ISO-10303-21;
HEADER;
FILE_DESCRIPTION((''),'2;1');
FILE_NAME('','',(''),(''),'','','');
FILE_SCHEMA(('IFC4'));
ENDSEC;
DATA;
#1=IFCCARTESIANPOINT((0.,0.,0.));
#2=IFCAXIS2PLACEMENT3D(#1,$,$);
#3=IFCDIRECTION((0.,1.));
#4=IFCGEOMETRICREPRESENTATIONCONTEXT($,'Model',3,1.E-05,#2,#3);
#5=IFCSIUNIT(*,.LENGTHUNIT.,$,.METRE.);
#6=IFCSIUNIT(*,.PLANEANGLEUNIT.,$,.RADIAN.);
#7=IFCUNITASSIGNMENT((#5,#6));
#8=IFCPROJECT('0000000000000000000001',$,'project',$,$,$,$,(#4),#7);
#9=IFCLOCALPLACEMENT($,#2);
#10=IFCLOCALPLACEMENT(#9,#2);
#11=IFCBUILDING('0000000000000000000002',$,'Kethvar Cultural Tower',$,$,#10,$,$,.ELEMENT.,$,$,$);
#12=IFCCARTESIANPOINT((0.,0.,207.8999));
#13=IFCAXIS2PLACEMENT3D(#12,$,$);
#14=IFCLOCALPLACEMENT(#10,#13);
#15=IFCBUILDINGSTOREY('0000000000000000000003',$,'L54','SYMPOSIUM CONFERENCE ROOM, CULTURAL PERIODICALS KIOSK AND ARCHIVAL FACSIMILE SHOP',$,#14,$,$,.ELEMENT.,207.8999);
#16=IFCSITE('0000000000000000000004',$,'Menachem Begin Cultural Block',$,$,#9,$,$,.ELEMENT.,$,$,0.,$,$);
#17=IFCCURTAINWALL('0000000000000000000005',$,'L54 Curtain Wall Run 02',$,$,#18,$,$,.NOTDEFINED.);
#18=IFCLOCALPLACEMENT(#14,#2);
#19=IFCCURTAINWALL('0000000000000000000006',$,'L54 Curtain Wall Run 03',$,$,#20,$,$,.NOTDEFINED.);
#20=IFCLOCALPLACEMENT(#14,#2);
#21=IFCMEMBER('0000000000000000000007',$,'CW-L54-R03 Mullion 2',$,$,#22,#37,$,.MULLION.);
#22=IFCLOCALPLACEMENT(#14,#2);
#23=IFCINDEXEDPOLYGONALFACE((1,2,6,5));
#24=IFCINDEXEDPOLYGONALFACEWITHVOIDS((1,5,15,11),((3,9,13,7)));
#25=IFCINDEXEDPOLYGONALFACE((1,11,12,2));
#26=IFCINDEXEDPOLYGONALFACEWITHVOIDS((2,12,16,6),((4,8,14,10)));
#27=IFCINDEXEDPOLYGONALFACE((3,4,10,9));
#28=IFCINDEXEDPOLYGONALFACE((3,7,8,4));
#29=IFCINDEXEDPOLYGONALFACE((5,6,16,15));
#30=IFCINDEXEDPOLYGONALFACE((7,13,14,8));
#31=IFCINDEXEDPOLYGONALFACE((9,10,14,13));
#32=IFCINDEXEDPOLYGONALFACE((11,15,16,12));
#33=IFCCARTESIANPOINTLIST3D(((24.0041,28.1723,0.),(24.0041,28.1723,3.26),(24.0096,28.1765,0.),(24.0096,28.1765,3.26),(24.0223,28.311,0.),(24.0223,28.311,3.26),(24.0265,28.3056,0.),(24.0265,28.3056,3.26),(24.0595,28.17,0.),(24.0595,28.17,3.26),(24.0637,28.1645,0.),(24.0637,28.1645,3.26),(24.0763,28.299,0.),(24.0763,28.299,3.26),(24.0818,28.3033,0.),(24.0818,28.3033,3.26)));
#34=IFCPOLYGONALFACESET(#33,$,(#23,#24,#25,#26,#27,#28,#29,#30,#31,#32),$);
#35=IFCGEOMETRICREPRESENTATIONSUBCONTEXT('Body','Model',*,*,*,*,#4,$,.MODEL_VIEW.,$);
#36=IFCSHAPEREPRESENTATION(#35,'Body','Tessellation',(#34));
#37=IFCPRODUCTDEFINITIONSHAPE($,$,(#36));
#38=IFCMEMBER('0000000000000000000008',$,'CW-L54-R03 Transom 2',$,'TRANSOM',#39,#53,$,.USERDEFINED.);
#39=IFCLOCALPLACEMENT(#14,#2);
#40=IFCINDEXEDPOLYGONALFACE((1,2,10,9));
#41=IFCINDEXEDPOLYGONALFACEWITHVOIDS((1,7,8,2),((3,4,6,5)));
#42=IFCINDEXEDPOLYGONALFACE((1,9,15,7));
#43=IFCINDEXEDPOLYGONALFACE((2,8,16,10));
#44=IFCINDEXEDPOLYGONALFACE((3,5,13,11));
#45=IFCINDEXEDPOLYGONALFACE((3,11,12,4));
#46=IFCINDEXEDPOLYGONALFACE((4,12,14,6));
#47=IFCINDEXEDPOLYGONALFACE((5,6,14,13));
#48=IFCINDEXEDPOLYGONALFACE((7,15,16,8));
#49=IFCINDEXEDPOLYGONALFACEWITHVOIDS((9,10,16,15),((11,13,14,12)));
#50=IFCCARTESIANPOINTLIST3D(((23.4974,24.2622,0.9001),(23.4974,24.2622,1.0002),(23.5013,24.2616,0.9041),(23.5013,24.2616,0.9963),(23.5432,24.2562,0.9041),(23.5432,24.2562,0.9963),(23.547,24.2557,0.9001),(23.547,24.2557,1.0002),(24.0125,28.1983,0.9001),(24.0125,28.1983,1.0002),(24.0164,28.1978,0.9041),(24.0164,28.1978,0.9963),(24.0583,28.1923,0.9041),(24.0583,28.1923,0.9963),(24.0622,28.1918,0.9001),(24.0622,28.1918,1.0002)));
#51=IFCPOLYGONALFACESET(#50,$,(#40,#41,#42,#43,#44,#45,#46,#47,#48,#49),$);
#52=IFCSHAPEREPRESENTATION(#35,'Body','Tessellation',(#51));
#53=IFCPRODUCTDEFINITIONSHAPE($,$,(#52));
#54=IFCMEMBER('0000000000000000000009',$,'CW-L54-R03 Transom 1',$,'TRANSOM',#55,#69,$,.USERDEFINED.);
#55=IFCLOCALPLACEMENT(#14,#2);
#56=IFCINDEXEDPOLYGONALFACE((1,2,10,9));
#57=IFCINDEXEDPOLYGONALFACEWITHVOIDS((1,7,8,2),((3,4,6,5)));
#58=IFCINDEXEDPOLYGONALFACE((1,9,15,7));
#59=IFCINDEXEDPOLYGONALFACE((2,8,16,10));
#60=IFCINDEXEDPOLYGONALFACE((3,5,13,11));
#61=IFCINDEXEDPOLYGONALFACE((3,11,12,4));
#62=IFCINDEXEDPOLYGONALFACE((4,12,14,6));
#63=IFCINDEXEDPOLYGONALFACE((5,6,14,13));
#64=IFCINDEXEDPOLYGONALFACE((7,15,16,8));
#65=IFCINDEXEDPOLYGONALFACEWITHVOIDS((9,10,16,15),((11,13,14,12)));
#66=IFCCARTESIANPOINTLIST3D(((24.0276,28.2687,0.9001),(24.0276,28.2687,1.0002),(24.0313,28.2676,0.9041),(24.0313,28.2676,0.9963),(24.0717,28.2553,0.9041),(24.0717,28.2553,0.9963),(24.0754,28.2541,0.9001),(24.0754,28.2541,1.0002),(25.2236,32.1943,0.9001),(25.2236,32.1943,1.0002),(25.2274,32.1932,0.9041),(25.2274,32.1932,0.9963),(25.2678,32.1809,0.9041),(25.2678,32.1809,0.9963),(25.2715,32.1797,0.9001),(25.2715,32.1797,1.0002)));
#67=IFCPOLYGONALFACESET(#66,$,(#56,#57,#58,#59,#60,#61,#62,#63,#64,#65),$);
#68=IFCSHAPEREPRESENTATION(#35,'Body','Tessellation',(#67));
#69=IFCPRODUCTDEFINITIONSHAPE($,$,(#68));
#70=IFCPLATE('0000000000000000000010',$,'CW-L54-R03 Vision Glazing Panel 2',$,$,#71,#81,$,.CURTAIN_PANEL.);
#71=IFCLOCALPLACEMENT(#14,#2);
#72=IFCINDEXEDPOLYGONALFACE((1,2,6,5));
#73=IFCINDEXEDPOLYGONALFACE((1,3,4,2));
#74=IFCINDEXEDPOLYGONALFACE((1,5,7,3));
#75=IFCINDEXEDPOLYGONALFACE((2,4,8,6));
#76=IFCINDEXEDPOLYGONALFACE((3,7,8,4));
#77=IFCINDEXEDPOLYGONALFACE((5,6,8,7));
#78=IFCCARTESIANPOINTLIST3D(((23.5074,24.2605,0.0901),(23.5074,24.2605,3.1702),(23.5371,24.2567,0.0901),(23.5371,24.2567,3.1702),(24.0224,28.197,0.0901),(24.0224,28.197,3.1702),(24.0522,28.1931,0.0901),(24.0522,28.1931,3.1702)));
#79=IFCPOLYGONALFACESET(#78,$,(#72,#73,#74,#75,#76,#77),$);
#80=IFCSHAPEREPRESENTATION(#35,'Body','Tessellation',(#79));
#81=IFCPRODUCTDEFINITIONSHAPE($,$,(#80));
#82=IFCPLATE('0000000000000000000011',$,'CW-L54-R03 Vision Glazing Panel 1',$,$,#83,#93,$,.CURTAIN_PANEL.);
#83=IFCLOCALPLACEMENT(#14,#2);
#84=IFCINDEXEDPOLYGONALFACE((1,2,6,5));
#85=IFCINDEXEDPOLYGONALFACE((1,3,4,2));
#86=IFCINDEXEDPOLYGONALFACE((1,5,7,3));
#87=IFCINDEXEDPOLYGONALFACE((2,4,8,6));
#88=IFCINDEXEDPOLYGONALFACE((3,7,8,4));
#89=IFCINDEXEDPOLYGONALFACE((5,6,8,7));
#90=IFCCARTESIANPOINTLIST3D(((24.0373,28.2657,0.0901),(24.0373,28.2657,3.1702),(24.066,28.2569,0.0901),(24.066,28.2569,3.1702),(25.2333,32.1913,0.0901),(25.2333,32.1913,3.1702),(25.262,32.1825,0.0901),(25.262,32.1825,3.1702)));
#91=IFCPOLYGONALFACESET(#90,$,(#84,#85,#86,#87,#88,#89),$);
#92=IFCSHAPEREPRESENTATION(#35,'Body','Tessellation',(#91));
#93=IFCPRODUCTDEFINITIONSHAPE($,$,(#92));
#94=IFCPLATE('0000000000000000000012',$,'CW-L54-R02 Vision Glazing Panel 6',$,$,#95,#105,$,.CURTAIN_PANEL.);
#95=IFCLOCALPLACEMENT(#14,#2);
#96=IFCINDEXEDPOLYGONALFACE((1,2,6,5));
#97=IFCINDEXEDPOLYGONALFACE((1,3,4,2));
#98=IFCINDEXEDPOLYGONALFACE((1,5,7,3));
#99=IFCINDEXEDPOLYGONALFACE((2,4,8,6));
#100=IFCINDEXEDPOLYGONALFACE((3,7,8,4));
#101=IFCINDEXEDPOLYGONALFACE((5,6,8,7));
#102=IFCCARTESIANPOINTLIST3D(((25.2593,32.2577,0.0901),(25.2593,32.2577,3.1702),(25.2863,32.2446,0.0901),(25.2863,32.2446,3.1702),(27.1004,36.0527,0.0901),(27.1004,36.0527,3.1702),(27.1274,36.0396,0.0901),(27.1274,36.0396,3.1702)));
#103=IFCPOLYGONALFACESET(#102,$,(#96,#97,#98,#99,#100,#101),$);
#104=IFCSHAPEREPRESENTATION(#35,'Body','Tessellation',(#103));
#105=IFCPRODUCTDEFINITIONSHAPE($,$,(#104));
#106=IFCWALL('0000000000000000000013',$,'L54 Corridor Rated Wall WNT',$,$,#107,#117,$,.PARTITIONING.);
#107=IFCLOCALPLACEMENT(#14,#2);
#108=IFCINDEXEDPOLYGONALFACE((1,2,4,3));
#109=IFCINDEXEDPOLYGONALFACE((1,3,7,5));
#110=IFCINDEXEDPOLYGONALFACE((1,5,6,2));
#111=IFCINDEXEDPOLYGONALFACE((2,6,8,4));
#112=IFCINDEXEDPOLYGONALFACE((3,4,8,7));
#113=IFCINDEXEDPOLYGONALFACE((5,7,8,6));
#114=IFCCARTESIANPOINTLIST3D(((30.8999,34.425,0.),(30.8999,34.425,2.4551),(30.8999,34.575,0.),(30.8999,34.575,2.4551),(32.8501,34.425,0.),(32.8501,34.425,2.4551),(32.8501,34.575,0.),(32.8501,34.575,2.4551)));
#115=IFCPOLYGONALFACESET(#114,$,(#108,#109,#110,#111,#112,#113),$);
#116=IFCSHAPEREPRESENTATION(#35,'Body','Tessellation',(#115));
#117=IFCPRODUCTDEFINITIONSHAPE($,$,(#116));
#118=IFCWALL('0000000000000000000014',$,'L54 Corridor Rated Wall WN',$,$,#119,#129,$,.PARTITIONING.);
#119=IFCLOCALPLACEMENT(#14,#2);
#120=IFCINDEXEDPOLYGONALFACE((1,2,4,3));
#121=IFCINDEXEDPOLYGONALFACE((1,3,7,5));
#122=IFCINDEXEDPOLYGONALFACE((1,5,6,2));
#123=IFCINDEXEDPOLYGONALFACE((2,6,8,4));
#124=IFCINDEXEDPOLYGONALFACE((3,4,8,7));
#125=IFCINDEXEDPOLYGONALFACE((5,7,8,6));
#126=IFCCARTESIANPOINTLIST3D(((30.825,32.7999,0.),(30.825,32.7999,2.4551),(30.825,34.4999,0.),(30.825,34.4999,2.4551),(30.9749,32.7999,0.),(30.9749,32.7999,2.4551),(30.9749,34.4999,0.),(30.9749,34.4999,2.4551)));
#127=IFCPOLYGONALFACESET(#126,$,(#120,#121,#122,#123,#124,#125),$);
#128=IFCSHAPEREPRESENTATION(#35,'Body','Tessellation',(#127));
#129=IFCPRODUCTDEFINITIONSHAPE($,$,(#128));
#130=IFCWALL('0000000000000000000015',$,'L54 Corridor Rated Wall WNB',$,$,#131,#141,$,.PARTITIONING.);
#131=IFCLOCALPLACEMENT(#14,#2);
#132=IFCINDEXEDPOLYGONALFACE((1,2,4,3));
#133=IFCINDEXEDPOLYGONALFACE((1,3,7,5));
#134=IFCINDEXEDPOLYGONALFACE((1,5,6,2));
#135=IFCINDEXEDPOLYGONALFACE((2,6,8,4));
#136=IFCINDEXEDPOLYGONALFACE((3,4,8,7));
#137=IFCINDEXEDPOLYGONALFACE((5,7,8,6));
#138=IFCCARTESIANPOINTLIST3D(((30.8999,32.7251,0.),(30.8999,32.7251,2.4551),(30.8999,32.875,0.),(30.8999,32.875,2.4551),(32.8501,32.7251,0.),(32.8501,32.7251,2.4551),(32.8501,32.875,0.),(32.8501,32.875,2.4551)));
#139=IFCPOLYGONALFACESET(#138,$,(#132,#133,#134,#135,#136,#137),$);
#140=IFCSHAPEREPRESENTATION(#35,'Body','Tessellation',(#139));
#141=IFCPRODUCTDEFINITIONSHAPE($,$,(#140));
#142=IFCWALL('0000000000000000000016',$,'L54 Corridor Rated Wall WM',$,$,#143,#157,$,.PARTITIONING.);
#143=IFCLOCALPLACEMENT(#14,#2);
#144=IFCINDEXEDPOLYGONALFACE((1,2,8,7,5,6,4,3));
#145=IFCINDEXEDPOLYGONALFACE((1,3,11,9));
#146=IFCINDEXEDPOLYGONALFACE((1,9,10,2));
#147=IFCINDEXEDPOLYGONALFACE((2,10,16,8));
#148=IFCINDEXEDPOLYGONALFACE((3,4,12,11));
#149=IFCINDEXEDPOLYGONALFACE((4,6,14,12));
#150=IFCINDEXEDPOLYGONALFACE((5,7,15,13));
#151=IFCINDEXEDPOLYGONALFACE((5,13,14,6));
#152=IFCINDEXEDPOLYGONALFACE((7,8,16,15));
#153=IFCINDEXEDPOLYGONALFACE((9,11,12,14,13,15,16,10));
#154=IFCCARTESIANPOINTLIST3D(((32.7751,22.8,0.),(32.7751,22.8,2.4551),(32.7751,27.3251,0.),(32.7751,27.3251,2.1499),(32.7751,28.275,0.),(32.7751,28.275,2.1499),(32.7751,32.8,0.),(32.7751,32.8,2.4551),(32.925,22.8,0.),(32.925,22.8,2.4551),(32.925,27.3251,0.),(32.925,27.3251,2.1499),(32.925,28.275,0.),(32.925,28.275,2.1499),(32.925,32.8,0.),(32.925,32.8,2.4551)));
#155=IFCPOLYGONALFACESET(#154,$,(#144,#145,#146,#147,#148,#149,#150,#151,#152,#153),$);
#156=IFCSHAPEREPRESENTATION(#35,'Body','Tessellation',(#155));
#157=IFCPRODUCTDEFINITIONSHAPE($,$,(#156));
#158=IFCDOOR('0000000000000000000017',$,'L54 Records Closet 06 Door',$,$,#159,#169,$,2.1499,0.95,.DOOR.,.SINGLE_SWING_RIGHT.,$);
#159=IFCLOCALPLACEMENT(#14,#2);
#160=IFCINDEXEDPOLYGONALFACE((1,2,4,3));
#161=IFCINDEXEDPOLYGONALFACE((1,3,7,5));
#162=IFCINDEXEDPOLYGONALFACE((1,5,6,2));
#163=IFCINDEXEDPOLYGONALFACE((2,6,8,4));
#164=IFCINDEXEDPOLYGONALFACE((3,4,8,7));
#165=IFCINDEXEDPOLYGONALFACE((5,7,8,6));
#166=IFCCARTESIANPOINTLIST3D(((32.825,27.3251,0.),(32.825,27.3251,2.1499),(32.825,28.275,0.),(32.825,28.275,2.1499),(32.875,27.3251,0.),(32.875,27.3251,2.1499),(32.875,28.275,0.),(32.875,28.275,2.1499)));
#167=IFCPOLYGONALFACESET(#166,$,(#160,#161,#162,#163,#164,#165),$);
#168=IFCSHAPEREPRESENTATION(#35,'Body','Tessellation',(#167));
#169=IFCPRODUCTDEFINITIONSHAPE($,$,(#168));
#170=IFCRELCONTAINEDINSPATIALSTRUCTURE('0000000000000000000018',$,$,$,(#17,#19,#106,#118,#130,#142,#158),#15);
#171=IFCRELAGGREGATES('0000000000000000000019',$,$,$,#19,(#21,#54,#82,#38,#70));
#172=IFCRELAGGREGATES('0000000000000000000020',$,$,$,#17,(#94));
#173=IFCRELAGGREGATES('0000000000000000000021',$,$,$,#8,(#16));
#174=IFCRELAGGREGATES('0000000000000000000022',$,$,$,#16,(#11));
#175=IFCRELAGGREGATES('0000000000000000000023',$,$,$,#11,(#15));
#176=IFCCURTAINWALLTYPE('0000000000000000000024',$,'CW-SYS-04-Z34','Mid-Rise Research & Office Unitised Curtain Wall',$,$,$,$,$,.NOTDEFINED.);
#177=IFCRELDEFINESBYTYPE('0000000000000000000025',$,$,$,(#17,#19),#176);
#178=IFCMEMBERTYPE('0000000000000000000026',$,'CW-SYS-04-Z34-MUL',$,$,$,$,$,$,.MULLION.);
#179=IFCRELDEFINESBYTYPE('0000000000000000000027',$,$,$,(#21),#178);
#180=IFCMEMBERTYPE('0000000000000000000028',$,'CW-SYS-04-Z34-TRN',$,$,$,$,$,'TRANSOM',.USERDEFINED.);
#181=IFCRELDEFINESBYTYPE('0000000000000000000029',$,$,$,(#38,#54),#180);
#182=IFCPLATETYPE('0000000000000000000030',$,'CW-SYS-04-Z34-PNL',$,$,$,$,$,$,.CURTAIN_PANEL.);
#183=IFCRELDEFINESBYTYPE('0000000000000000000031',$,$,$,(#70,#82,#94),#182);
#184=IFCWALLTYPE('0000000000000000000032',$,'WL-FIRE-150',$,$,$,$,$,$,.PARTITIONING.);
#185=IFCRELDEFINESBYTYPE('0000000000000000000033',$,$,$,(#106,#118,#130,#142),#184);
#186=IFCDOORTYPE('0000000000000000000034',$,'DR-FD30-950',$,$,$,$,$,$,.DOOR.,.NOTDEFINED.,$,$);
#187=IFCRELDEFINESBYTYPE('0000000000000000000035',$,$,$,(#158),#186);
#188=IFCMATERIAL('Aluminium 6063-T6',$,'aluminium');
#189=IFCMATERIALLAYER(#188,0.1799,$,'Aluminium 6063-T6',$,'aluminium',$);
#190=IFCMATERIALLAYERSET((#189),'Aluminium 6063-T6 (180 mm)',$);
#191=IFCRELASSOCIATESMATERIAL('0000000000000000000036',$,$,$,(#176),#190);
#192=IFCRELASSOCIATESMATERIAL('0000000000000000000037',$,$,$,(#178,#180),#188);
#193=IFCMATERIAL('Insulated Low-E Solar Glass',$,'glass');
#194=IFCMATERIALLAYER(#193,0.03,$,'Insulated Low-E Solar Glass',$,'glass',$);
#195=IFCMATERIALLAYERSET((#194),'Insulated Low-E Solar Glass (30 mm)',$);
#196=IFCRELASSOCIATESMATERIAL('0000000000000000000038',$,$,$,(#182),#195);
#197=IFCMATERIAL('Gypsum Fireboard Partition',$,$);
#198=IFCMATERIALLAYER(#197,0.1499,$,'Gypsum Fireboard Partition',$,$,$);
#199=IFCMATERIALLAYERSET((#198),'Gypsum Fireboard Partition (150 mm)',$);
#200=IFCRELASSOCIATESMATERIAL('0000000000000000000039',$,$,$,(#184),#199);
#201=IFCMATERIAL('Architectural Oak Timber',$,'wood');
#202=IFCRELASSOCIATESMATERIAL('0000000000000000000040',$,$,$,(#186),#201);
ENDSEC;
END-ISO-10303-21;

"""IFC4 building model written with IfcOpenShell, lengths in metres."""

from ifc_helpers import new_model, si_unit, direction, frame, frame_2d, origin, origin_2d, place, context, subcontext, project, spatial, rectangle, hollow_rectangle, extrude, source, transform, mapped, material, layer, layer_set, material_profile, profile_set, type_object, element, fill, aggregate, save


model = new_model("IFC4")

# Units and contexts
model_context = context("Model", 3, precision=1e-05, world=origin(), true_north=direction((0.0, 1.0)))
body_context = subcontext(model_context, "Body", "Model", "MODEL_VIEW")
ifc_project = project(units=[si_unit("LENGTHUNIT", "METRE"), si_unit("PLANEANGLEUNIT", "RADIAN")], contexts=[model_context])

# Site, building, storey
site_placement = place(None, origin())
site = spatial("IfcSite", under=ifc_project, at=site_placement, Name="Menachem Begin Cultural Block", CompositionType="ELEMENT", RefElevation=0.0)
building_placement = place(site_placement, origin())
building = spatial("IfcBuilding", under=site, at=building_placement, Name="Kethvar Cultural Tower", CompositionType="ELEMENT")
storey_placement = place(building_placement, frame((0.0, 0.0, 207.8999)))
storey = spatial("IfcBuildingStorey", under=building, at=storey_placement, Name="L54", Description="SYMPOSIUM CONFERENCE ROOM, CULTURAL PERIODICALS KIOSK AND ARCHIVAL FACSIMILE SHOP", CompositionType="ELEMENT", Elevation=207.8999)

# Curtain wall
ifc_material_1 = material(Name="Aluminium 6063-T6", Category="aluminium")
ifc_layer_1 = layer(ifc_material_1, 0.1799, Name="Aluminium 6063-T6", Category="aluminium")
ifc_layer_set_1 = layer_set([ifc_layer_1], Name="Aluminium 6063-T6 (180 mm)")
curtain_wall_type = type_object("IfcCurtainWallType", Name="CW-SYS-04-Z34", Description="Mid-Rise Research & Office Unitised Curtain Wall", PredefinedType="NOTDEFINED", material=ifc_layer_set_1)
curtain_wall_1_placement = place(storey_placement, origin())
curtain_wall_1 = element("IfcCurtainWall", 1, at=curtain_wall_1_placement, inside=storey, type_object=curtain_wall_type, Name="L54 Curtain Wall Run 02", PredefinedType="NOTDEFINED")
ifc_material_profile_1 = material_profile(ifc_material_1, hollow_rectangle(XDim=0.0601, YDim=0.1399, WallThickness=0.0049, at=origin_2d()), Name="Aluminium 6063-T6 — RHS140x60x5")
ifc_profile_set_1 = profile_set([ifc_material_profile_1], Name="Aluminium 6063-T6 — RHS140x60x5")
member_type_1 = type_object("IfcMemberType", Name="CW-SYS-04-Z34-MUL", PredefinedType="MULLION", material=ifc_profile_set_1)
shared_shape_1 = source(origin(), body_context, "Body", "SweptSolid", [
    extrude(hollow_rectangle(XDim=0.0601, YDim=0.1399, WallThickness=0.0049, at=origin_2d()), origin(), (0.0, 0.0, 1.0), 3.26),
])

# Curtain wall, members, plates
curtain_wall_2_placement = place(storey_placement, origin())
curtain_wall_2 = element("IfcCurtainWall", 2, at=curtain_wall_2_placement, inside=storey, type_object=curtain_wall_type, Name="L54 Curtain Wall Run 03", PredefinedType="NOTDEFINED")
member_1_placement = place(storey_placement, frame((24.043, 28.2378, 0.0), z_axis=(0.0, 0.0, 1.0), x_axis=(0.991547, -0.129747, 0.0)))
member_1 = element("IfcMember", 3, at=member_1_placement, type_object=member_type_1, Name="CW-L54-R03 Mullion 2", PredefinedType="MULLION", context=body_context, shape_type="MappedRepresentation", body=[
    mapped(shared_shape_1, transform((0.0, 0.0, 0.0), scale=1.0)),
])
ifc_material_profile_2 = material_profile(ifc_material_1, hollow_rectangle(XDim=0.05, YDim=0.1001, WallThickness=0.0039, at=origin_2d()), Name="Aluminium 6063-T6 — RHS100x50x4")
ifc_profile_set_2 = profile_set([ifc_material_profile_2], Name="Aluminium 6063-T6 — RHS100x50x4")
member_type_2 = type_object("IfcMemberType", Name="CW-SYS-04-Z34-TRN", ElementType="TRANSOM", PredefinedType="USERDEFINED", material=ifc_profile_set_2)
shared_shape_2 = source(origin(), body_context, "Body", "SweptSolid", [
    extrude(hollow_rectangle(XDim=0.05, YDim=0.1001, WallThickness=0.0039, at=origin_2d()), origin(), (0.0, 0.0, 1.0), 3.9697),
])
member_2_placement = place(storey_placement, frame((24.0374, 28.1951, 0.9502), z_axis=(-0.129762, -0.991545, 0.0), x_axis=(0.991545, -0.129762, 0.0)))
member_2 = element("IfcMember", 4, at=member_2_placement, type_object=member_type_2, Name="CW-L54-R03 Transom 2", ObjectType="TRANSOM", PredefinedType="USERDEFINED", context=body_context, shape_type="MappedRepresentation", body=[
    mapped(shared_shape_2, transform((0.0, 0.0, 0.0), scale=1.0)),
])
shared_shape_3 = source(origin(), body_context, "Body", "SweptSolid", [
    extrude(hollow_rectangle(XDim=0.05, YDim=0.1001, WallThickness=0.0039, at=origin_2d()), origin(), (0.0, 0.0, 1.0), 4.1038),
])
member_3_placement = place(storey_placement, frame((25.2476, 32.187, 0.9502), z_axis=(-0.291455, -0.956584, 0.0), x_axis=(0.956584, -0.291455, 0.0)))
member_3 = element("IfcMember", 5, at=member_3_placement, type_object=member_type_2, Name="CW-L54-R03 Transom 1", ObjectType="TRANSOM", PredefinedType="USERDEFINED", context=body_context, shape_type="MappedRepresentation", body=[
    mapped(shared_shape_3, transform((0.0, 0.0, 0.0), scale=1.0)),
])
ifc_material_2 = material(Name="Insulated Low-E Solar Glass", Category="glass")
ifc_layer_2 = layer(ifc_material_2, 0.03, Name="Insulated Low-E Solar Glass", Category="glass")
ifc_layer_set_2 = layer_set([ifc_layer_2], Name="Insulated Low-E Solar Glass (30 mm)")
plate_type = type_object("IfcPlateType", Name="CW-SYS-04-Z34-PNL", PredefinedType="CURTAIN_PANEL", material=ifc_layer_set_2)
shared_shape_4 = source(origin(), body_context, "Body", "SweptSolid", [
    extrude(rectangle(XDim=3.97, YDim=0.03, at=origin_2d()), origin(), (0.0, 0.0, 1.0), 3.0801),
])
plate_1_placement = place(storey_placement, frame((23.7798, 26.2268, 0.0901), z_axis=(0.0, 0.0, 1.0), x_axis=(-0.129747, -0.991547, 0.0)))
plate_1 = element("IfcPlate", 6, at=plate_1_placement, type_object=plate_type, Name="CW-L54-R03 Vision Glazing Panel 2", PredefinedType="CURTAIN_PANEL", context=body_context, shape_type="MappedRepresentation", body=[
    mapped(shared_shape_4, transform((0.0, 0.0, 0.0), scale=1.0)),
])
shared_shape_5 = source(origin(), body_context, "Body", "SweptSolid", [
    extrude(rectangle(XDim=4.1038, YDim=0.03, at=origin_2d()), origin(), (0.0, 0.0, 1.0), 3.0801),
])
plate_2_placement = place(storey_placement, frame((24.6497, 30.2241, 0.0901), z_axis=(0.0, 0.0, 1.0), x_axis=(-0.291454, -0.956585, 0.0)))
plate_2 = element("IfcPlate", 7, at=plate_2_placement, type_object=plate_type, Name="CW-L54-R03 Vision Glazing Panel 1", PredefinedType="CURTAIN_PANEL", context=body_context, shape_type="MappedRepresentation", body=[
    mapped(shared_shape_5, transform((0.0, 0.0, 0.0), scale=1.0)),
])
aggregate(curtain_wall_2, [member_1, member_3, plate_2, member_2, plate_1])

# Plate
shared_shape_6 = source(origin(), body_context, "Body", "SweptSolid", [
    extrude(rectangle(XDim=4.218, YDim=0.03, at=origin_2d()), origin(), (0.0, 0.0, 1.0), 3.0801),
])
plate_3_placement = place(storey_placement, frame((26.1934, 34.1487, 0.0901), z_axis=(0.0, 0.0, 1.0), x_axis=(-0.436472, -0.899718, 0.0)))
plate_3 = element("IfcPlate", 8, at=plate_3_placement, type_object=plate_type, Name="CW-L54-R02 Vision Glazing Panel 6", PredefinedType="CURTAIN_PANEL", context=body_context, shape_type="MappedRepresentation", body=[
    mapped(shared_shape_6, transform((0.0, 0.0, 0.0), scale=1.0)),
])
aggregate(curtain_wall_1, [plate_3])

# Walls
ifc_material_3 = material(Name="Gypsum Fireboard Partition")
ifc_layer_3 = layer(ifc_material_3, 0.1499, Name="Gypsum Fireboard Partition")
ifc_layer_set_3 = layer_set([ifc_layer_3], Name="Gypsum Fireboard Partition (150 mm)")
wall_type_1 = type_object("IfcWallType", Name="WL-FIRE-150", PredefinedType="PARTITIONING", material=ifc_layer_set_3)
wall_1_placement = place(storey_placement, frame((32.8501, 34.5, 0.0), z_axis=(0.0, 0.0, 1.0), x_axis=(-1.0, 0.0, 0.0)))
element("IfcWall", 9, at=wall_1_placement, inside=storey, type_object=wall_type_1, Name="L54 Corridor Rated Wall WNT", PredefinedType="PARTITIONING", context=body_context, shape_type="SweptSolid", body=[
    extrude(rectangle(XDim=1.9502, YDim=0.1499, at=frame_2d((0.9751, 0.0))), origin(), (0.0, 0.0, 1.0), 2.4551),
])
wall_2_placement = place(storey_placement, frame((30.8999, 34.5, 0.0), z_axis=(0.0, 0.0, 1.0), x_axis=(0.0, -1.0, 0.0)))
element("IfcWall", 10, at=wall_2_placement, inside=storey, type_object=wall_type_1, Name="L54 Corridor Rated Wall WN", PredefinedType="PARTITIONING", context=body_context, shape_type="SweptSolid", body=[
    extrude(rectangle(XDim=1.7, YDim=0.1499, at=frame_2d((0.8501, 0.0))), origin(), (0.0, 0.0, 1.0), 2.4551),
])
wall_3_placement = place(storey_placement, frame((30.8999, 32.8, 0.0), z_axis=(0.0, 0.0, 1.0), x_axis=(1.0, 0.0, 0.0)))
element("IfcWall", 11, at=wall_3_placement, inside=storey, type_object=wall_type_1, Name="L54 Corridor Rated Wall WNB", PredefinedType="PARTITIONING", context=body_context, shape_type="SweptSolid", body=[
    extrude(rectangle(XDim=1.9502, YDim=0.1499, at=frame_2d((0.9751, 0.0))), origin(), (0.0, 0.0, 1.0), 2.4551),
])

# Wall, opening, door
wall_4_placement = place(storey_placement, frame((32.8501, 32.8, 0.0), z_axis=(0.0, 0.0, 1.0), x_axis=(0.0, -1.0, 0.0)))
wall_4 = element("IfcWall", 12, at=wall_4_placement, inside=storey, type_object=wall_type_1, Name="L54 Corridor Rated Wall WM", PredefinedType="PARTITIONING", context=body_context, shape_type="SweptSolid", body=[
    extrude(rectangle(XDim=10.0, YDim=0.1499, at=frame_2d((5.0, 0.0))), origin(), (0.0, 0.0, 1.0), 2.4551),
])
opening_1_placement = place(wall_4_placement, frame((4.5249, 0.0, 0.0)))
opening_1 = element("IfcOpeningElement", 13, at=opening_1_placement, cuts=wall_4, PredefinedType="OPENING", context=body_context, shape_type="SweptSolid", body=[
    extrude(rectangle(XDim=0.95, YDim=2.1499, at=frame_2d((0.4751, 1.075))), frame((0.0, 0.085, 0.0), z_axis=(0.0, -1.0, 0.0), x_axis=(1.0, 0.0, 0.0)), (0.0, 0.0, 1.0), 0.1699),
])
ifc_material_4 = material(Name="Architectural Oak Timber", Category="wood")
door_type_1 = type_object("IfcDoorType", Name="DR-FD30-950", OperationType="NOTDEFINED", PredefinedType="DOOR", material=ifc_material_4)
shared_shape_7 = source(origin(), body_context, "Body", "SweptSolid", [
    extrude(rectangle(XDim=0.95, YDim=2.1499, at=frame_2d((0.4751, 1.075))), frame((0.0, 0.0249, 0.0), z_axis=(0.0, -1.0, 0.0), x_axis=(1.0, 0.0, 0.0)), (0.0, 0.0, 1.0), 0.05),
])
door_1_placement = place(opening_1_placement, origin())
door_1 = element("IfcDoor", 14, at=door_1_placement, inside=storey, type_object=door_type_1, Name="L54 Records Closet 06 Door", OperationType="SINGLE_SWING_RIGHT", OverallHeight=2.1499, OverallWidth=0.95, PredefinedType="DOOR", context=body_context, shape_type="MappedRepresentation", body=[
    mapped(shared_shape_7, transform((0.0, 0.0, 0.0), scale=1.0)),
])
fill(opening_1, door_1)

save(model, "model.ifc")
